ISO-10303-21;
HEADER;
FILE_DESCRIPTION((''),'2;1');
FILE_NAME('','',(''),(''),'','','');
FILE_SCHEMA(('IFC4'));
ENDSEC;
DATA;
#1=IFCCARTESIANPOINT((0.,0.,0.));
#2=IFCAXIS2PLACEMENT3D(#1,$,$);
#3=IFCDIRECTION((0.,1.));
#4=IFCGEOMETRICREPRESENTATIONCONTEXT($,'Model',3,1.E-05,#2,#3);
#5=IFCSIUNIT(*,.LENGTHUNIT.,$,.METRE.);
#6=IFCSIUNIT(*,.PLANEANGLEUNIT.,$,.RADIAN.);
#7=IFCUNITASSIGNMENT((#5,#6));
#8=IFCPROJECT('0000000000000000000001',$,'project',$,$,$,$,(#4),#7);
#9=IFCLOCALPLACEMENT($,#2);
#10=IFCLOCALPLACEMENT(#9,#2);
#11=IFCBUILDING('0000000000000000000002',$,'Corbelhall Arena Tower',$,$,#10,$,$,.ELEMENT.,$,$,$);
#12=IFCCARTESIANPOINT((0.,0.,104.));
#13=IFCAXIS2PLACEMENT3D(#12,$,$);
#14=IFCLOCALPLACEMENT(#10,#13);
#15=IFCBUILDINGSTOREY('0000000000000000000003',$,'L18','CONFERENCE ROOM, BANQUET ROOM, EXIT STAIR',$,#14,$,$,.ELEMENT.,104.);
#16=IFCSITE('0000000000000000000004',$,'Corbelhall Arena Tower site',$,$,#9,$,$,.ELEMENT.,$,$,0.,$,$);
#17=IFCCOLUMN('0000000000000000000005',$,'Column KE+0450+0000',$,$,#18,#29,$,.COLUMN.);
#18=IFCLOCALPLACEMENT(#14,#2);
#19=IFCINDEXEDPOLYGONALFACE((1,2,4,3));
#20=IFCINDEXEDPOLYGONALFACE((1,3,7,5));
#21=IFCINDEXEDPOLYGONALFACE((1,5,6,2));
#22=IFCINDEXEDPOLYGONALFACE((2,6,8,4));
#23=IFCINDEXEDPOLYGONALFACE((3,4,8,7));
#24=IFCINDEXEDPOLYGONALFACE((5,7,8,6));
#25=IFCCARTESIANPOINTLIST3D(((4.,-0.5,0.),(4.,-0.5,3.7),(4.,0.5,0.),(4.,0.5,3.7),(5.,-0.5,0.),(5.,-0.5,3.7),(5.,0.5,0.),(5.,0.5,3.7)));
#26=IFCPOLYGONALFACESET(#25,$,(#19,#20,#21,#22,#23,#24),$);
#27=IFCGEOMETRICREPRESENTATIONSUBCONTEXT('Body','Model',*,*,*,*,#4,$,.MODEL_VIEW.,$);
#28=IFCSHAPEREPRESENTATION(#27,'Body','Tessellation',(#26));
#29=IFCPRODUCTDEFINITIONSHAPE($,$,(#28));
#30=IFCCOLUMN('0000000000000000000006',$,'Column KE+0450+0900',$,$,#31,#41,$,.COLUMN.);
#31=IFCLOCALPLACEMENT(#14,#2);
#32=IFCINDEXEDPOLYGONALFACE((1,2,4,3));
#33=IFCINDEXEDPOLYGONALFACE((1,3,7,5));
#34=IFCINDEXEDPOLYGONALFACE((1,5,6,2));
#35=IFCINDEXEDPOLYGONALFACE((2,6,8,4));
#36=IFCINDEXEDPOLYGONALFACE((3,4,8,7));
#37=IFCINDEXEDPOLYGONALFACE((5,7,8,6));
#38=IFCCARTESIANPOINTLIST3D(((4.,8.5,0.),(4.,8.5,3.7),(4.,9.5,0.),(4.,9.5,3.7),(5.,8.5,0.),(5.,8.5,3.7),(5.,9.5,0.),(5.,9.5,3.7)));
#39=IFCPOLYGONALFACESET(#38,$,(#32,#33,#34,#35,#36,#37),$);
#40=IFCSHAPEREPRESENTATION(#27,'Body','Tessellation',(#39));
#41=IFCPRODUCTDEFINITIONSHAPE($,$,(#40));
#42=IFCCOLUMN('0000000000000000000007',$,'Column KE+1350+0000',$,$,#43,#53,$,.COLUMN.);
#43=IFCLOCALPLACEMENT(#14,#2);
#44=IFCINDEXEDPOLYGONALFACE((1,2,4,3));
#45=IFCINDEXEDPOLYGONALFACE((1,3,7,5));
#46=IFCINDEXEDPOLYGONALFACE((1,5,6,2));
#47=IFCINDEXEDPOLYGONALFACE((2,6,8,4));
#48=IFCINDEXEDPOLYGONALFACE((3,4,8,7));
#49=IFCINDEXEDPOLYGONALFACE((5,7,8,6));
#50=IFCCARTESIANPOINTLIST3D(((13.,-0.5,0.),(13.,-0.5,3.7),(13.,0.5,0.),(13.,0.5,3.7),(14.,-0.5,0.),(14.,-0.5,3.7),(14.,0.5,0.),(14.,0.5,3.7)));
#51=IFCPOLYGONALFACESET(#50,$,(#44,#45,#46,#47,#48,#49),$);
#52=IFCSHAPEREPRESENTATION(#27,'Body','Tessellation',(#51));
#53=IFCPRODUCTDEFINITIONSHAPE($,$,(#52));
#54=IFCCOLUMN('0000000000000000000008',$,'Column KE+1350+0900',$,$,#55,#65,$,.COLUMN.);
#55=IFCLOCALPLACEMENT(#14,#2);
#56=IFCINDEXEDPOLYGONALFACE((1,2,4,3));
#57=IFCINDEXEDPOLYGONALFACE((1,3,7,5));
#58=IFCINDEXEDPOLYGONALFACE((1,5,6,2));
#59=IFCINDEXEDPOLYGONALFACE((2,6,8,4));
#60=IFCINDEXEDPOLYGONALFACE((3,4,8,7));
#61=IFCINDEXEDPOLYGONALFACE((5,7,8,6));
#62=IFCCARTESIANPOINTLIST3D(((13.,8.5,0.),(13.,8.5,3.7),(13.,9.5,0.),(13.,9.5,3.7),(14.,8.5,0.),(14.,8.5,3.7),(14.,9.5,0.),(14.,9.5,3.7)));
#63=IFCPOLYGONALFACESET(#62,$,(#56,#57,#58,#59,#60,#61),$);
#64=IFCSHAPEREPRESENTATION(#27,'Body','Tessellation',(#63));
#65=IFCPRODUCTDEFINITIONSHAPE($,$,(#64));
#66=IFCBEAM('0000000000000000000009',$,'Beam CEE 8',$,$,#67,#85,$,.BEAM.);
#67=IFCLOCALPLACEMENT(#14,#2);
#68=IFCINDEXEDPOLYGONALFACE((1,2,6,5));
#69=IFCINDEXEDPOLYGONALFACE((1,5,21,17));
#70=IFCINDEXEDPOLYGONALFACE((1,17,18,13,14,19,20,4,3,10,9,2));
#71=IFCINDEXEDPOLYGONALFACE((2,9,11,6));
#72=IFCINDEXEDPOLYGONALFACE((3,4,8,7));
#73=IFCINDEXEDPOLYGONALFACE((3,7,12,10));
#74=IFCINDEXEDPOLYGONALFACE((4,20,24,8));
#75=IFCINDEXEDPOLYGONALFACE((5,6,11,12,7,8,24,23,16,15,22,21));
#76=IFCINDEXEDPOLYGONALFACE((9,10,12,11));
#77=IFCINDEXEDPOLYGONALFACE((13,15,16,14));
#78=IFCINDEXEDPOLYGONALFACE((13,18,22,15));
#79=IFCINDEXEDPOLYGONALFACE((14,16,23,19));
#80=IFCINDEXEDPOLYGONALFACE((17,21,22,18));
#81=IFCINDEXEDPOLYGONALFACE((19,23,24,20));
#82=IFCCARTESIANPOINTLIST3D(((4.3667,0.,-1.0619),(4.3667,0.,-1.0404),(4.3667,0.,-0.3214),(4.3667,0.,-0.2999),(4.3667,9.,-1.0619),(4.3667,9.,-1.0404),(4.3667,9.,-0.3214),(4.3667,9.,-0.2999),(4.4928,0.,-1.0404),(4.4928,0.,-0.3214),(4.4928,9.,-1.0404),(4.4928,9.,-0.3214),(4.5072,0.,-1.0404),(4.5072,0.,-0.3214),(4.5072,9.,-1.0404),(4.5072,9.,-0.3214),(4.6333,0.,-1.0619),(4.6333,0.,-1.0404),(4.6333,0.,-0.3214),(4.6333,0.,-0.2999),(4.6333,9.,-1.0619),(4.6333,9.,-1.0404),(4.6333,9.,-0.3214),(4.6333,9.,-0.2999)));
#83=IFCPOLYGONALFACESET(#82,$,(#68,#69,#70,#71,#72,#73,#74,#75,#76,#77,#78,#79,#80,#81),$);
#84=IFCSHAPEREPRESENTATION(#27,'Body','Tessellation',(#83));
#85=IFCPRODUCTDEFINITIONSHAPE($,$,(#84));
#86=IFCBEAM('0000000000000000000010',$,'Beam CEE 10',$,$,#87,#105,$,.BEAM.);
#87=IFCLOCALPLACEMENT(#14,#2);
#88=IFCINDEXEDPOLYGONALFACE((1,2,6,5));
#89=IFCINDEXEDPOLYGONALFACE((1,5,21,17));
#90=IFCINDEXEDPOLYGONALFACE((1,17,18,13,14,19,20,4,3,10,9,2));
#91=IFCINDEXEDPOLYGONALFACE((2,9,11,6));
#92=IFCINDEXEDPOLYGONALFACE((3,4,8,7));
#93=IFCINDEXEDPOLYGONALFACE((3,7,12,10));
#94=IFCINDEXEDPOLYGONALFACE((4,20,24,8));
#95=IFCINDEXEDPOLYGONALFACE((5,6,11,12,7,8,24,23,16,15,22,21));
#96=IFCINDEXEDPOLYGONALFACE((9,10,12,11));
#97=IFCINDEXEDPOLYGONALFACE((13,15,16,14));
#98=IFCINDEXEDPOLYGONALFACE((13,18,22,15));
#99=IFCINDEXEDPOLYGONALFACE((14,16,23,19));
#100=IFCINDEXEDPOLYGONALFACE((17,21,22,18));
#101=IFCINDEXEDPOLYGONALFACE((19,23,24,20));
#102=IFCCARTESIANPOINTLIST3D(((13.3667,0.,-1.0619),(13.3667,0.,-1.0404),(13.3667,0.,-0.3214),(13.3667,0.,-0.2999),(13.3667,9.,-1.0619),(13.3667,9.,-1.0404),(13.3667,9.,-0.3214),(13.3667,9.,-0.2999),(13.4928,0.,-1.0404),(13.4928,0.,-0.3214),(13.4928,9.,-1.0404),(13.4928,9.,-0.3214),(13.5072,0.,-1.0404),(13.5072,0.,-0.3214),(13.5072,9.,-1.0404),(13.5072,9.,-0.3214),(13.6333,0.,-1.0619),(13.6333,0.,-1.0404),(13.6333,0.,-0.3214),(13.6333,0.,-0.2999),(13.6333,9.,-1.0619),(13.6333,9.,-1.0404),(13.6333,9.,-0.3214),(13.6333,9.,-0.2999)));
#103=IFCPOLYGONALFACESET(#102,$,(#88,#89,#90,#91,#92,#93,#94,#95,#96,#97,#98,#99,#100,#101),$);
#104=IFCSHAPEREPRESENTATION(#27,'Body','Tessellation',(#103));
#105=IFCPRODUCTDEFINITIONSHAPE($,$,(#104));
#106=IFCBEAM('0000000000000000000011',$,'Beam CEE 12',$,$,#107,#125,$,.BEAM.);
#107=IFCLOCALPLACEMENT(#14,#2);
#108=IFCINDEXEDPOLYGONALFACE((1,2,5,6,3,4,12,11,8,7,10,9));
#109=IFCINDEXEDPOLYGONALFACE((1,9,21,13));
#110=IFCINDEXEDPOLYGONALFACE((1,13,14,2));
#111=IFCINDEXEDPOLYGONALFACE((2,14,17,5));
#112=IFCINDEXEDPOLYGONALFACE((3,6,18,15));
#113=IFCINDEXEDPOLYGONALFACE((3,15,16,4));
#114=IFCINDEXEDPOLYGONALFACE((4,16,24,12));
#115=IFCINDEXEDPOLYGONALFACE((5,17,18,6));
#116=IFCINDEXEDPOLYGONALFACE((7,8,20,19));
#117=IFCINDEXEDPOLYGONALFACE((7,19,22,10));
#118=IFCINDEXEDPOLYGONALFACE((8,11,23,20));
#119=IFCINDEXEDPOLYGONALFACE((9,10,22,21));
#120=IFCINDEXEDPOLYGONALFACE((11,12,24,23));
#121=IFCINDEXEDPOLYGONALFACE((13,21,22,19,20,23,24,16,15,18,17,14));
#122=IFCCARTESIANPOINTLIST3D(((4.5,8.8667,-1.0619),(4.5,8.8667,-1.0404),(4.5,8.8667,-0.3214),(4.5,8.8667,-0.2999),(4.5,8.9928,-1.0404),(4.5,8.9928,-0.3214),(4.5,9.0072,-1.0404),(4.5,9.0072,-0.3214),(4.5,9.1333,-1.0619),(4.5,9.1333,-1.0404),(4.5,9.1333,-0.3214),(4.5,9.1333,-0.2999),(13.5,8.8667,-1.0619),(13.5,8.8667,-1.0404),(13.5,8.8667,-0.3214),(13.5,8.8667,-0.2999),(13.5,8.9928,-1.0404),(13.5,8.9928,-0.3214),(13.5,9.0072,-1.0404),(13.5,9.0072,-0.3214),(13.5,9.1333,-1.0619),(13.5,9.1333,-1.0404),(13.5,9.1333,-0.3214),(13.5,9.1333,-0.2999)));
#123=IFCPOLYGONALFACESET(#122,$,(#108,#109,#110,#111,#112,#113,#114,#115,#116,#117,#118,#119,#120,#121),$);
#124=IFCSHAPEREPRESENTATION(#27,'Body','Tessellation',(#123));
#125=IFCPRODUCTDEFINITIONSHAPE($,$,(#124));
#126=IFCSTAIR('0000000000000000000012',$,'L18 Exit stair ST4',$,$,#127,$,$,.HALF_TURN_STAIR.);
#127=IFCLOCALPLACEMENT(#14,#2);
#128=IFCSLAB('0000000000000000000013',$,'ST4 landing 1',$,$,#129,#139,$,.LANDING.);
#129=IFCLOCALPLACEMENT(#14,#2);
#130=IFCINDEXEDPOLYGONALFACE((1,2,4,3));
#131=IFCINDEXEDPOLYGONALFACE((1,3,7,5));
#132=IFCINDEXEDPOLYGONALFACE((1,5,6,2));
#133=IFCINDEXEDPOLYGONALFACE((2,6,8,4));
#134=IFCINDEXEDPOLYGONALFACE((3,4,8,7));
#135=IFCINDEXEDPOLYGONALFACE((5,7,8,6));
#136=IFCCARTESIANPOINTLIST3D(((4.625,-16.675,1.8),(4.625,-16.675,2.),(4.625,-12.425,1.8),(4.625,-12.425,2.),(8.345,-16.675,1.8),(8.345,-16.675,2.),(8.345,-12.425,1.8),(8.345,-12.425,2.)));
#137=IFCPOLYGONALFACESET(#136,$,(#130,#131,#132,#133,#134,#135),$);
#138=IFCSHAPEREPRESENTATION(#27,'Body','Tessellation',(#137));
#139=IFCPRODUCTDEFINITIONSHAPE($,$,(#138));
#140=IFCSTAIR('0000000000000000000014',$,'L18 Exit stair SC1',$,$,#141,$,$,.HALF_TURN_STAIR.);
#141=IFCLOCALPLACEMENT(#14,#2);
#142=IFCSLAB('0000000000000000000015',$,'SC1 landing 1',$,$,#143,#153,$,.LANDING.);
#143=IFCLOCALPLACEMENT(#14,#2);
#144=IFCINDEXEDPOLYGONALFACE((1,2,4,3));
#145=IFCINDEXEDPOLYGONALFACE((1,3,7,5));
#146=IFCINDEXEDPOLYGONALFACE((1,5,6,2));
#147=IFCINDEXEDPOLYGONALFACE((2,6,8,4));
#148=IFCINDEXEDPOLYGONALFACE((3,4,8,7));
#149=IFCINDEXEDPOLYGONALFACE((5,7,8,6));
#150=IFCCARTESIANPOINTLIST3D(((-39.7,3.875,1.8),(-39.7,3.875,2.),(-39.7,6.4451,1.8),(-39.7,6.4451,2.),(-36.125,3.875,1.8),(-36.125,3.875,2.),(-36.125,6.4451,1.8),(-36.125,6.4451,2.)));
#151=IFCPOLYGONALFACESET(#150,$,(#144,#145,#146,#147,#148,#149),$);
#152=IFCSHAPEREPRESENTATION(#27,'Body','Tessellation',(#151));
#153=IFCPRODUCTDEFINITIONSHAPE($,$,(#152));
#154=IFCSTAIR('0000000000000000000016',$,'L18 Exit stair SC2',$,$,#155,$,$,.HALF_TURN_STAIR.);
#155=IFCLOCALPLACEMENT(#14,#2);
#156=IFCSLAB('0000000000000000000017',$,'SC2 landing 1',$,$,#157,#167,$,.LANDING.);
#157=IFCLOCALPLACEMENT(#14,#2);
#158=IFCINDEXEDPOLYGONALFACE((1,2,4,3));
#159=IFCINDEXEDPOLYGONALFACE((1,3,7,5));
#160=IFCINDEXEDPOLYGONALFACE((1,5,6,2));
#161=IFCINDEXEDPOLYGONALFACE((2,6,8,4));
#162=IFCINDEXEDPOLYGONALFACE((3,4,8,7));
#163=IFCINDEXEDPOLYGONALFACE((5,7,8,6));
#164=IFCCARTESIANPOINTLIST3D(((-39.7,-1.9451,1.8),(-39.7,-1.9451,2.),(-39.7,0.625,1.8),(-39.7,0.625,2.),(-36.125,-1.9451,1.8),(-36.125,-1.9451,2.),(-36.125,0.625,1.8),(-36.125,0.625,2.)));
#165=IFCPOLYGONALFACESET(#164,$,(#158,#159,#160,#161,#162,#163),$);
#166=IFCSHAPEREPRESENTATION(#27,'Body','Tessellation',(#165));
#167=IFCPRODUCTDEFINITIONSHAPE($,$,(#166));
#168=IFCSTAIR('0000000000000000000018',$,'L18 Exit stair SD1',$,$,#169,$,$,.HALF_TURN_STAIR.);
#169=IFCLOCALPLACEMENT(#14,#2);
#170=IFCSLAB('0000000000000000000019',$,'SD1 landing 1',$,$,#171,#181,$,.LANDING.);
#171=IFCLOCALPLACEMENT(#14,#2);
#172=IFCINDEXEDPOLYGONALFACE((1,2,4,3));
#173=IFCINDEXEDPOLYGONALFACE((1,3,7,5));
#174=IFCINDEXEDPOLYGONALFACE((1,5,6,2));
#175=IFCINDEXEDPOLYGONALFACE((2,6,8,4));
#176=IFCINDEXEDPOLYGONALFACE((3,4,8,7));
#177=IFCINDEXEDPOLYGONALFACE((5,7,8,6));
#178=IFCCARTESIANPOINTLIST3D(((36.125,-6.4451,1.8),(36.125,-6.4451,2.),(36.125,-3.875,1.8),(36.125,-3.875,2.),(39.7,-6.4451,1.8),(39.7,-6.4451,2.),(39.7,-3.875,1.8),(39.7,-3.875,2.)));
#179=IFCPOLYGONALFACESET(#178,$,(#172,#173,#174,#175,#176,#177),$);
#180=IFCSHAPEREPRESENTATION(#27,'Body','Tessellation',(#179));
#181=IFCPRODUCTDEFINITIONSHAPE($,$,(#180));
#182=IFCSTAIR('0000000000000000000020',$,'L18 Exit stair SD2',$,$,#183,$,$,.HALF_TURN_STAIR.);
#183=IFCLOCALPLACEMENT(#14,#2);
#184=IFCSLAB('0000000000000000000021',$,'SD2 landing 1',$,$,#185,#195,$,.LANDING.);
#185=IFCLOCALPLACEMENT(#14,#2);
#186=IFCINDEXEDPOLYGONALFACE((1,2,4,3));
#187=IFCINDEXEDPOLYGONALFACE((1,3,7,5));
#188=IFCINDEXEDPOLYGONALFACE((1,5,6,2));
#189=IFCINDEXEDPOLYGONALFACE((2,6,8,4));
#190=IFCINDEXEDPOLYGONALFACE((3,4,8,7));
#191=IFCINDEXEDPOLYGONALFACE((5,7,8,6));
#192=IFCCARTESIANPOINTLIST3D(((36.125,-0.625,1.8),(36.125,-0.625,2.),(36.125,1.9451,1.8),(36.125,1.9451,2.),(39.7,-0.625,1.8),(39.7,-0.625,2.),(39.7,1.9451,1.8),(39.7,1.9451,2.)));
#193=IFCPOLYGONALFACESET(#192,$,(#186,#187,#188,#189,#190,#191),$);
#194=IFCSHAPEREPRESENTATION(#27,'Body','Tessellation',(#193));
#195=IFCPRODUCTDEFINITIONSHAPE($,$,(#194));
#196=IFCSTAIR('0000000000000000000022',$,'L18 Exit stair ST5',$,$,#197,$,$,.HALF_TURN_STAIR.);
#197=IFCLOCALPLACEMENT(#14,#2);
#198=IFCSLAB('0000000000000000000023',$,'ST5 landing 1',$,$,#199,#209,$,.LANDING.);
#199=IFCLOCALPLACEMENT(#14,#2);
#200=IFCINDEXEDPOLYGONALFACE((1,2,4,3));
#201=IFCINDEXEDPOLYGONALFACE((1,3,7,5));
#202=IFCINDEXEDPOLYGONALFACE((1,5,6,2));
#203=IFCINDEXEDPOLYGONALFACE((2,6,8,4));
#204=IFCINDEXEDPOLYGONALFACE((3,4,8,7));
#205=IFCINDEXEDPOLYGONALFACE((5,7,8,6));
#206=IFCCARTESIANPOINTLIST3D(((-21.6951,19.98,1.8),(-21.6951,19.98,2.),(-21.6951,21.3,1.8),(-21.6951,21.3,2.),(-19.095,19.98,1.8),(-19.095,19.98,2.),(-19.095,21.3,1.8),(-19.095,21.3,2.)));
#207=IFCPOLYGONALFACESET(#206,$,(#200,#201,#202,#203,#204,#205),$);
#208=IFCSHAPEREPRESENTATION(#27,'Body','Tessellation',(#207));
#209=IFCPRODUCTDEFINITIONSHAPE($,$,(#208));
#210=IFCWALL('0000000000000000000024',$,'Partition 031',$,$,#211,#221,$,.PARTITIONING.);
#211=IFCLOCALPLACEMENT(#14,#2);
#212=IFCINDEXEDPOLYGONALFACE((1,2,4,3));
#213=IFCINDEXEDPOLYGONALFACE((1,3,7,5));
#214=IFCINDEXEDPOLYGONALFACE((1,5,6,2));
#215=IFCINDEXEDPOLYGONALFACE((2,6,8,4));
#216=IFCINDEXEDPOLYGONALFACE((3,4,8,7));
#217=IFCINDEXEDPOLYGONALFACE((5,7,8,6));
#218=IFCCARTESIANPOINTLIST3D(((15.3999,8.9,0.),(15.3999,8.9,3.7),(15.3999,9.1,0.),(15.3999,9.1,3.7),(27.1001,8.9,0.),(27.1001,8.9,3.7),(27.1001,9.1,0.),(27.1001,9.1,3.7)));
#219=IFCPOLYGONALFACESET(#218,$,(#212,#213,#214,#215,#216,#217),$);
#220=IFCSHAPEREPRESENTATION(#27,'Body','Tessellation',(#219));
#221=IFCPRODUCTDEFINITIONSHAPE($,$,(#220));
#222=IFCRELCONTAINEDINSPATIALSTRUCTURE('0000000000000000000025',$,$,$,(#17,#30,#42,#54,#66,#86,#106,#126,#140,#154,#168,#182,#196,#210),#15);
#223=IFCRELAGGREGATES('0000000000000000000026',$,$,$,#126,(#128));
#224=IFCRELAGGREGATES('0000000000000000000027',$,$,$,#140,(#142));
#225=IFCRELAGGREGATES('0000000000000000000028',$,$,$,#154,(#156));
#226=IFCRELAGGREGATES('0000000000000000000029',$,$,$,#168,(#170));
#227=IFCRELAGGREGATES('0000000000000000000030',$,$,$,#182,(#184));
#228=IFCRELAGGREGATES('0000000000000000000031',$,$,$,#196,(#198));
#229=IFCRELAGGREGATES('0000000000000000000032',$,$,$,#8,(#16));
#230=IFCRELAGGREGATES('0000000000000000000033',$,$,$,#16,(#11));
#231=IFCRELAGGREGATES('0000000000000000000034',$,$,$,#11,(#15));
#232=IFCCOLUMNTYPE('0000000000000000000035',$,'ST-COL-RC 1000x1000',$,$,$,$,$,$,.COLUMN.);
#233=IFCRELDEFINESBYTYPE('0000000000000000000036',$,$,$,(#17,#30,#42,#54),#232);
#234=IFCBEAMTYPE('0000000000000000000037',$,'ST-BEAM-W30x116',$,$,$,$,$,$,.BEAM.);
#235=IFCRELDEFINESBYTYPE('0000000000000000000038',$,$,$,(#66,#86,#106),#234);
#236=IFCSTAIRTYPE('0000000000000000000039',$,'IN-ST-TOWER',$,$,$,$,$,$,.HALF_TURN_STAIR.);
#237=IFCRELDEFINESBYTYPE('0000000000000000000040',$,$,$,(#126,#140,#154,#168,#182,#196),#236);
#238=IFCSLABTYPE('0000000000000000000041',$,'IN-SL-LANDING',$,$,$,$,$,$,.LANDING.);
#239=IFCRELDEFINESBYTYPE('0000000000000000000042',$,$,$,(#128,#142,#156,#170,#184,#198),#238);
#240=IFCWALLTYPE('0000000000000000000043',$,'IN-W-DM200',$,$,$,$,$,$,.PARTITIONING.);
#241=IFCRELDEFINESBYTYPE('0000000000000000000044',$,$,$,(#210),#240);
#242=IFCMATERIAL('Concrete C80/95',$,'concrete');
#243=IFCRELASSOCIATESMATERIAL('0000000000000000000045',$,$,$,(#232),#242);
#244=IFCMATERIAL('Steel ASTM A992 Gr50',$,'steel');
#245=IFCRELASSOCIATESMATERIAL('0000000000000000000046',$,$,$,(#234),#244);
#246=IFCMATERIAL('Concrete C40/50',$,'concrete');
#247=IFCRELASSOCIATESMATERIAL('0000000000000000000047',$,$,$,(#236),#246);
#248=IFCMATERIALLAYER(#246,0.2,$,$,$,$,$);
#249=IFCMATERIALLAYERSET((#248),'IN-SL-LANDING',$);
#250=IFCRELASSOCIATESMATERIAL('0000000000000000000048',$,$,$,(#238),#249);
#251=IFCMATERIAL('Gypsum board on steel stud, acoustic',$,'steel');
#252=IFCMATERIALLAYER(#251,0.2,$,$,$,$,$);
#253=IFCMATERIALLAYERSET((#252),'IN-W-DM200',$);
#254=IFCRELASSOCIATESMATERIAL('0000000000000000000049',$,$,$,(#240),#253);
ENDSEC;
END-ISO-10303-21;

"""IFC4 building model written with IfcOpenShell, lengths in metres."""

from ifc_helpers import new_model, si_unit, direction, frame, frame_2d, origin, origin_2d, place, context, subcontext, project, spatial, polyline, rectangle, i_section, outline, extrude, material, layer, layer_set, material_profile, profile_set, type_object, element, aggregate, save


model = new_model("IFC4")

# Units and contexts
model_context = context("Model", 3, precision=1e-05, world=origin(), true_north=direction((0.0, 1.0)))
body_context = subcontext(model_context, "Body", "Model", "MODEL_VIEW")
ifc_project = project(units=[si_unit("LENGTHUNIT", "METRE"), si_unit("PLANEANGLEUNIT", "RADIAN")], contexts=[model_context])

# Site, building, storey
site_placement = place(None, origin())
site = spatial("IfcSite", under=ifc_project, at=site_placement, Name="Corbelhall Arena Tower site", CompositionType="ELEMENT", RefElevation=0.0)
building_placement = place(site_placement, origin())
building = spatial("IfcBuilding", under=site, at=building_placement, Name="Corbelhall Arena Tower", CompositionType="ELEMENT")
storey_placement = place(building_placement, frame((0.0, 0.0, 104.0)))
storey = spatial("IfcBuildingStorey", under=building, at=storey_placement, Name="L18", Description="CONFERENCE ROOM, BANQUET ROOM, EXIT STAIR", CompositionType="ELEMENT", Elevation=104.0)

# Columns
ifc_material_1 = material(Name="Concrete C80/95", Category="concrete")
ifc_material_profile_1 = material_profile(ifc_material_1, rectangle(XDim=1.0, YDim=1.0, at=origin_2d()))
ifc_profile_set_1 = profile_set([ifc_material_profile_1], Name="Concrete C80/95")
column_type = type_object("IfcColumnType", Name="ST-COL-RC 1000x1000", PredefinedType="COLUMN", material=ifc_profile_set_1)
for number, where, z_axis, x_axis, name in (
    (1, (4.5, 0.0, 0.0), (0.0, 0.0, 1.0), (1.0, 0.0, 0.0), "Column KE+0450+0000"),
    (2, (4.5, 9.0, 0.0), (0.0, 0.0, 1.0), (1.0, 0.0, 0.0), "Column KE+0450+0900"),
    (3, (13.5, 0.0, 0.0), (0.0, 0.0, 1.0), (1.0, 0.0, 0.0), "Column KE+1350+0000"),
    (4, (13.5, 9.0, 0.0), (0.0, 0.0, 1.0), (1.0, 0.0, 0.0), "Column KE+1350+0900"),
):
    element("IfcColumn", number, at=place(storey_placement, frame(where, z_axis=z_axis, x_axis=x_axis)), inside=storey, type_object=column_type, Name=name, PredefinedType="COLUMN", context=body_context, shape_type="SweptSolid", body=[
        extrude(rectangle(XDim=1.0, YDim=1.0, at=origin_2d()), origin(), (0.0, 0.0, 1.0), 3.7),
    ])

# Beams
ifc_material_2 = material(Name="Steel ASTM A992 Gr50", Category="steel")
ifc_material_profile_2 = material_profile(ifc_material_2, i_section(OverallWidth=0.2666, OverallDepth=0.762, WebThickness=0.0144, FlangeThickness=0.0215, at=origin_2d()))
ifc_profile_set_2 = profile_set([ifc_material_profile_2], Name="Steel ASTM A992 Gr50")
beam_type = type_object("IfcBeamType", Name="ST-BEAM-W30x116", PredefinedType="BEAM", material=ifc_profile_set_2)
for number, where, z_axis, x_axis, name in (
    (5, (4.5, 0.0, -0.6809), (0.0, 1.0, 0.0), (-1.0, 0.0, 0.0), "Beam CEE 8"),
    (6, (13.5, 0.0, -0.6809), (0.0, 1.0, 0.0), (-1.0, 0.0, 0.0), "Beam CEE 10"),
    (7, (4.5, 9.0, -0.6809), (1.0, 0.0, 0.0), (0.0, 1.0, 0.0), "Beam CEE 12"),
):
    element("IfcBeam", number, at=place(storey_placement, frame(where, z_axis=z_axis, x_axis=x_axis)), inside=storey, type_object=beam_type, Name=name, PredefinedType="BEAM", context=body_context, shape_type="SweptSolid", body=[
        extrude(i_section(OverallWidth=0.2666, OverallDepth=0.762, WebThickness=0.0144, FlangeThickness=0.0215, at=origin_2d()), origin(), (0.0, 0.0, 1.0), 9.0),
    ])

# Stairs, slabs
ifc_material_3 = material(Name="Concrete C40/50", Category="concrete")
stair_type = type_object("IfcStairType", Name="IN-ST-TOWER", PredefinedType="HALF_TURN_STAIR", material=ifc_material_3)
stair_1_placement = place(storey_placement, origin())
stair_1 = element("IfcStair", 8, at=stair_1_placement, inside=storey, type_object=stair_type, Name="L18 Exit stair ST4", PredefinedType="HALF_TURN_STAIR")
ifc_layer_1 = layer(ifc_material_3, 0.2)
ifc_layer_set_1 = layer_set([ifc_layer_1], Name="IN-SL-LANDING")
slab_type = type_object("IfcSlabType", Name="IN-SL-LANDING", PredefinedType="LANDING", material=ifc_layer_set_1)
slab_1_placement = place(storey_placement, frame((0.0, 0.0, 1.8)))
slab_1 = element("IfcSlab", 9, at=slab_1_placement, type_object=slab_type, Name="ST4 landing 1", PredefinedType="LANDING", context=body_context, shape_type="SweptSolid", body=[
    extrude(outline(polyline([(8.345, -12.425), (4.625, -12.425), (4.625, -16.675), (8.345, -16.675), (8.345, -12.425)])), origin(), (0.0, 0.0, 1.0), 0.2),
])
aggregate(stair_1, [slab_1])
stair_2_placement = place(storey_placement, origin())
stair_2 = element("IfcStair", 10, at=stair_2_placement, inside=storey, type_object=stair_type, Name="L18 Exit stair SC1", PredefinedType="HALF_TURN_STAIR")
slab_2_placement = place(storey_placement, frame((0.0, 0.0, 1.8)))
slab_2 = element("IfcSlab", 11, at=slab_2_placement, type_object=slab_type, Name="SC1 landing 1", PredefinedType="LANDING", context=body_context, shape_type="SweptSolid", body=[
    extrude(outline(polyline([(-39.7, 6.4451), (-39.7, 3.875), (-36.125, 3.875), (-36.125, 6.4451), (-39.7, 6.4451)])), origin(), (0.0, 0.0, 1.0), 0.2),
])
aggregate(stair_2, [slab_2])
stair_3_placement = place(storey_placement, origin())
stair_3 = element("IfcStair", 12, at=stair_3_placement, inside=storey, type_object=stair_type, Name="L18 Exit stair SC2", PredefinedType="HALF_TURN_STAIR")
slab_3_placement = place(storey_placement, frame((0.0, 0.0, 1.8)))
slab_3 = element("IfcSlab", 13, at=slab_3_placement, type_object=slab_type, Name="SC2 landing 1", PredefinedType="LANDING", context=body_context, shape_type="SweptSolid", body=[
    extrude(outline(polyline([(-36.125, -1.9451), (-36.125, 0.625), (-39.7, 0.625), (-39.7, -1.9451), (-36.125, -1.9451)])), origin(), (0.0, 0.0, 1.0), 0.2),
])
aggregate(stair_3, [slab_3])
stair_4_placement = place(storey_placement, origin())
stair_4 = element("IfcStair", 14, at=stair_4_placement, inside=storey, type_object=stair_type, Name="L18 Exit stair SD1", PredefinedType="HALF_TURN_STAIR")
slab_4_placement = place(storey_placement, frame((0.0, 0.0, 1.8)))
slab_4 = element("IfcSlab", 15, at=slab_4_placement, type_object=slab_type, Name="SD1 landing 1", PredefinedType="LANDING", context=body_context, shape_type="SweptSolid", body=[
    extrude(outline(polyline([(39.7, -6.4451), (39.7, -3.875), (36.125, -3.875), (36.125, -6.4451), (39.7, -6.4451)])), origin(), (0.0, 0.0, 1.0), 0.2),
])
aggregate(stair_4, [slab_4])
stair_5_placement = place(storey_placement, origin())
stair_5 = element("IfcStair", 16, at=stair_5_placement, inside=storey, type_object=stair_type, Name="L18 Exit stair SD2", PredefinedType="HALF_TURN_STAIR")
slab_5_placement = place(storey_placement, frame((0.0, 0.0, 1.8)))
slab_5 = element("IfcSlab", 17, at=slab_5_placement, type_object=slab_type, Name="SD2 landing 1", PredefinedType="LANDING", context=body_context, shape_type="SweptSolid", body=[
    extrude(outline(polyline([(36.125, 1.9451), (36.125, -0.625), (39.7, -0.625), (39.7, 1.9451), (36.125, 1.9451)])), origin(), (0.0, 0.0, 1.0), 0.2),
])
aggregate(stair_5, [slab_5])
stair_6_placement = place(storey_placement, origin())
stair_6 = element("IfcStair", 18, at=stair_6_placement, inside=storey, type_object=stair_type, Name="L18 Exit stair ST5", PredefinedType="HALF_TURN_STAIR")
slab_6_placement = place(storey_placement, frame((0.0, 0.0, 1.8)))
slab_6 = element("IfcSlab", 19, at=slab_6_placement, type_object=slab_type, Name="ST5 landing 1", PredefinedType="LANDING", context=body_context, shape_type="SweptSolid", body=[
    extrude(outline(polyline([(-19.095, 19.98), (-19.095, 21.3), (-21.6951, 21.3), (-21.6951, 19.98), (-19.095, 19.98)])), origin(), (0.0, 0.0, 1.0), 0.2),
])
aggregate(stair_6, [slab_6])

# Wall
ifc_material_4 = material(Name="Gypsum board on steel stud, acoustic", Category="steel")
ifc_layer_2 = layer(ifc_material_4, 0.2)
ifc_layer_set_2 = layer_set([ifc_layer_2], Name="IN-W-DM200")
wall_type_1 = type_object("IfcWallType", Name="IN-W-DM200", PredefinedType="PARTITIONING", material=ifc_layer_set_2)
wall_1_placement = place(storey_placement, frame((15.3999, 9.0, 0.0), z_axis=(0.0, 0.0, 1.0), x_axis=(1.0, 0.0, 0.0)))
element("IfcWall", 20, at=wall_1_placement, inside=storey, type_object=wall_type_1, Name="Partition 031", PredefinedType="PARTITIONING", context=body_context, shape_type="SweptSolid", body=[
    extrude(rectangle(XDim=11.7002, YDim=0.2, at=frame_2d((5.8501, 0.0))), origin(), (0.0, 0.0, 1.0), 3.7),
])

save(model, "model.ifc")
